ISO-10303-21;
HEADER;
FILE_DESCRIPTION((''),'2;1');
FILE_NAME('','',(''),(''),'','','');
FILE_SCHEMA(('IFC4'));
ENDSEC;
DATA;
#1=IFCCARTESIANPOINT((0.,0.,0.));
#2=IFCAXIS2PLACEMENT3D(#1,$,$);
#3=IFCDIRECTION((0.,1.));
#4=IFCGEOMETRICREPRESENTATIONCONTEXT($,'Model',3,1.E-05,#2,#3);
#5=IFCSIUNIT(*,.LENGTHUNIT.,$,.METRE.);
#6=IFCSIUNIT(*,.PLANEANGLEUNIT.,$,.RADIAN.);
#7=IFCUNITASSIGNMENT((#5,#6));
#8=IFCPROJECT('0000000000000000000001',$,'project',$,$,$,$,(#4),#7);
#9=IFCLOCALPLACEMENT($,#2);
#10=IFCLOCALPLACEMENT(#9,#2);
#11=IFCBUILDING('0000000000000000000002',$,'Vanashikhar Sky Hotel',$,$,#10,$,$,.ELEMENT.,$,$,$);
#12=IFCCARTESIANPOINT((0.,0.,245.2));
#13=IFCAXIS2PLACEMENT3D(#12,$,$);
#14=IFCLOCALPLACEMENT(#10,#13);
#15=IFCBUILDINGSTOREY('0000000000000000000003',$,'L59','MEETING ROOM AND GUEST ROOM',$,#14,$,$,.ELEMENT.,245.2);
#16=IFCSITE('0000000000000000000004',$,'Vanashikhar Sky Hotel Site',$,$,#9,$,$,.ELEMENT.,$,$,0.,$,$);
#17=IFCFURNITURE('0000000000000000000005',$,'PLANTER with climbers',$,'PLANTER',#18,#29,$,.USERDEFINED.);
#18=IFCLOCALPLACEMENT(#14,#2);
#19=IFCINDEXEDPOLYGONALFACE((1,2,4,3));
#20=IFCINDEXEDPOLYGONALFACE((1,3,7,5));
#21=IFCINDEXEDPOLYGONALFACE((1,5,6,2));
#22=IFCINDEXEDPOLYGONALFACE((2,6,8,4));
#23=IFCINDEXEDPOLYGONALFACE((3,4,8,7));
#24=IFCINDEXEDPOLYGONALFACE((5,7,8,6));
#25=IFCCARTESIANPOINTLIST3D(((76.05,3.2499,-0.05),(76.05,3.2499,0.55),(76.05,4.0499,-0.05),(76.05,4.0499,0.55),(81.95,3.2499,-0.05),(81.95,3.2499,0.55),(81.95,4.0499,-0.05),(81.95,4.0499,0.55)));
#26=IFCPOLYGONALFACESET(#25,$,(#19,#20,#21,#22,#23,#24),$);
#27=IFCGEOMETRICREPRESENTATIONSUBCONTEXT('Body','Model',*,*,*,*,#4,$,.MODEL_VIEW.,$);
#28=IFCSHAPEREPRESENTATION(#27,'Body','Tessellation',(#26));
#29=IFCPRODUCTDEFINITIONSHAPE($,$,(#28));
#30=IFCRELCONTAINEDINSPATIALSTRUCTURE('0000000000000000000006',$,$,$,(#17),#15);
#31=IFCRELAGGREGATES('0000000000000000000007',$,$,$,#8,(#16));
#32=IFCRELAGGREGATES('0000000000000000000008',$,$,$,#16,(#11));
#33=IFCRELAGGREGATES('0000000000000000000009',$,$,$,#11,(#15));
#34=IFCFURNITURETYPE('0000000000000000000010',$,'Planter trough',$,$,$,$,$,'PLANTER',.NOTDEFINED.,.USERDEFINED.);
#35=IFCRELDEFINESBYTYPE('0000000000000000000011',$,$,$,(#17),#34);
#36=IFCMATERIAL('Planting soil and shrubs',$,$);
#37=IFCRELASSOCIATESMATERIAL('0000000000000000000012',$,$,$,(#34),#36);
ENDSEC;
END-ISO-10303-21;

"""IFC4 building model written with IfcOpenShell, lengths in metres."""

from ifc_helpers import new_model, si_unit, direction, frame, origin, origin_2d, place, context, subcontext, project, spatial, rectangle, extrude, source, transform, mapped, material, type_object, element, save


model = new_model("IFC4")

# Units and contexts
model_context = context("Model", 3, precision=1e-05, world=origin(), true_north=direction((0.0, 1.0)))
body_context = subcontext(model_context, "Body", "Model", "MODEL_VIEW")
ifc_project = project(units=[si_unit("LENGTHUNIT", "METRE"), si_unit("PLANEANGLEUNIT", "RADIAN")], contexts=[model_context])

# Site, building, storey
site_placement = place(None, origin())
site = spatial("IfcSite", under=ifc_project, at=site_placement, Name="Vanashikhar Sky Hotel Site", CompositionType="ELEMENT", RefElevation=0.0)
building_placement = place(site_placement, origin())
building = spatial("IfcBuilding", under=site, at=building_placement, Name="Vanashikhar Sky Hotel", CompositionType="ELEMENT")
storey_placement = place(building_placement, frame((0.0, 0.0, 245.2)))
storey = spatial("IfcBuildingStorey", under=building, at=storey_placement, Name="L59", Description="MEETING ROOM AND GUEST ROOM", CompositionType="ELEMENT", Elevation=245.2)

# Furniture
ifc_material_1 = material(Name="Planting soil and shrubs")
furniture_type = type_object("IfcFurnitureType", Name="Planter trough", ElementType="PLANTER", AssemblyPlace="NOTDEFINED", PredefinedType="USERDEFINED", material=ifc_material_1)
shared_shape_1 = source(origin(), body_context, "Body", "SweptSolid", [
    extrude(rectangle(XDim=5.8999, YDim=0.8, at=origin_2d()), origin(), (0.0, 0.0, 1.0), 0.6001),
])
furniture_placement = place(storey_placement, frame((79.0, 3.6499, -0.05), z_axis=(0.0, 0.0, 1.0), x_axis=(1.0, 0.0, 0.0)))
element("IfcFurniture", 1, at=furniture_placement, inside=storey, type_object=furniture_type, Name="PLANTER with climbers", ObjectType="PLANTER", PredefinedType="USERDEFINED", context=body_context, shape_type="MappedRepresentation", body=[
    mapped(shared_shape_1, transform((0.0, 0.0, 0.0), scale=1.0)),
])

save(model, "model.ifc")
